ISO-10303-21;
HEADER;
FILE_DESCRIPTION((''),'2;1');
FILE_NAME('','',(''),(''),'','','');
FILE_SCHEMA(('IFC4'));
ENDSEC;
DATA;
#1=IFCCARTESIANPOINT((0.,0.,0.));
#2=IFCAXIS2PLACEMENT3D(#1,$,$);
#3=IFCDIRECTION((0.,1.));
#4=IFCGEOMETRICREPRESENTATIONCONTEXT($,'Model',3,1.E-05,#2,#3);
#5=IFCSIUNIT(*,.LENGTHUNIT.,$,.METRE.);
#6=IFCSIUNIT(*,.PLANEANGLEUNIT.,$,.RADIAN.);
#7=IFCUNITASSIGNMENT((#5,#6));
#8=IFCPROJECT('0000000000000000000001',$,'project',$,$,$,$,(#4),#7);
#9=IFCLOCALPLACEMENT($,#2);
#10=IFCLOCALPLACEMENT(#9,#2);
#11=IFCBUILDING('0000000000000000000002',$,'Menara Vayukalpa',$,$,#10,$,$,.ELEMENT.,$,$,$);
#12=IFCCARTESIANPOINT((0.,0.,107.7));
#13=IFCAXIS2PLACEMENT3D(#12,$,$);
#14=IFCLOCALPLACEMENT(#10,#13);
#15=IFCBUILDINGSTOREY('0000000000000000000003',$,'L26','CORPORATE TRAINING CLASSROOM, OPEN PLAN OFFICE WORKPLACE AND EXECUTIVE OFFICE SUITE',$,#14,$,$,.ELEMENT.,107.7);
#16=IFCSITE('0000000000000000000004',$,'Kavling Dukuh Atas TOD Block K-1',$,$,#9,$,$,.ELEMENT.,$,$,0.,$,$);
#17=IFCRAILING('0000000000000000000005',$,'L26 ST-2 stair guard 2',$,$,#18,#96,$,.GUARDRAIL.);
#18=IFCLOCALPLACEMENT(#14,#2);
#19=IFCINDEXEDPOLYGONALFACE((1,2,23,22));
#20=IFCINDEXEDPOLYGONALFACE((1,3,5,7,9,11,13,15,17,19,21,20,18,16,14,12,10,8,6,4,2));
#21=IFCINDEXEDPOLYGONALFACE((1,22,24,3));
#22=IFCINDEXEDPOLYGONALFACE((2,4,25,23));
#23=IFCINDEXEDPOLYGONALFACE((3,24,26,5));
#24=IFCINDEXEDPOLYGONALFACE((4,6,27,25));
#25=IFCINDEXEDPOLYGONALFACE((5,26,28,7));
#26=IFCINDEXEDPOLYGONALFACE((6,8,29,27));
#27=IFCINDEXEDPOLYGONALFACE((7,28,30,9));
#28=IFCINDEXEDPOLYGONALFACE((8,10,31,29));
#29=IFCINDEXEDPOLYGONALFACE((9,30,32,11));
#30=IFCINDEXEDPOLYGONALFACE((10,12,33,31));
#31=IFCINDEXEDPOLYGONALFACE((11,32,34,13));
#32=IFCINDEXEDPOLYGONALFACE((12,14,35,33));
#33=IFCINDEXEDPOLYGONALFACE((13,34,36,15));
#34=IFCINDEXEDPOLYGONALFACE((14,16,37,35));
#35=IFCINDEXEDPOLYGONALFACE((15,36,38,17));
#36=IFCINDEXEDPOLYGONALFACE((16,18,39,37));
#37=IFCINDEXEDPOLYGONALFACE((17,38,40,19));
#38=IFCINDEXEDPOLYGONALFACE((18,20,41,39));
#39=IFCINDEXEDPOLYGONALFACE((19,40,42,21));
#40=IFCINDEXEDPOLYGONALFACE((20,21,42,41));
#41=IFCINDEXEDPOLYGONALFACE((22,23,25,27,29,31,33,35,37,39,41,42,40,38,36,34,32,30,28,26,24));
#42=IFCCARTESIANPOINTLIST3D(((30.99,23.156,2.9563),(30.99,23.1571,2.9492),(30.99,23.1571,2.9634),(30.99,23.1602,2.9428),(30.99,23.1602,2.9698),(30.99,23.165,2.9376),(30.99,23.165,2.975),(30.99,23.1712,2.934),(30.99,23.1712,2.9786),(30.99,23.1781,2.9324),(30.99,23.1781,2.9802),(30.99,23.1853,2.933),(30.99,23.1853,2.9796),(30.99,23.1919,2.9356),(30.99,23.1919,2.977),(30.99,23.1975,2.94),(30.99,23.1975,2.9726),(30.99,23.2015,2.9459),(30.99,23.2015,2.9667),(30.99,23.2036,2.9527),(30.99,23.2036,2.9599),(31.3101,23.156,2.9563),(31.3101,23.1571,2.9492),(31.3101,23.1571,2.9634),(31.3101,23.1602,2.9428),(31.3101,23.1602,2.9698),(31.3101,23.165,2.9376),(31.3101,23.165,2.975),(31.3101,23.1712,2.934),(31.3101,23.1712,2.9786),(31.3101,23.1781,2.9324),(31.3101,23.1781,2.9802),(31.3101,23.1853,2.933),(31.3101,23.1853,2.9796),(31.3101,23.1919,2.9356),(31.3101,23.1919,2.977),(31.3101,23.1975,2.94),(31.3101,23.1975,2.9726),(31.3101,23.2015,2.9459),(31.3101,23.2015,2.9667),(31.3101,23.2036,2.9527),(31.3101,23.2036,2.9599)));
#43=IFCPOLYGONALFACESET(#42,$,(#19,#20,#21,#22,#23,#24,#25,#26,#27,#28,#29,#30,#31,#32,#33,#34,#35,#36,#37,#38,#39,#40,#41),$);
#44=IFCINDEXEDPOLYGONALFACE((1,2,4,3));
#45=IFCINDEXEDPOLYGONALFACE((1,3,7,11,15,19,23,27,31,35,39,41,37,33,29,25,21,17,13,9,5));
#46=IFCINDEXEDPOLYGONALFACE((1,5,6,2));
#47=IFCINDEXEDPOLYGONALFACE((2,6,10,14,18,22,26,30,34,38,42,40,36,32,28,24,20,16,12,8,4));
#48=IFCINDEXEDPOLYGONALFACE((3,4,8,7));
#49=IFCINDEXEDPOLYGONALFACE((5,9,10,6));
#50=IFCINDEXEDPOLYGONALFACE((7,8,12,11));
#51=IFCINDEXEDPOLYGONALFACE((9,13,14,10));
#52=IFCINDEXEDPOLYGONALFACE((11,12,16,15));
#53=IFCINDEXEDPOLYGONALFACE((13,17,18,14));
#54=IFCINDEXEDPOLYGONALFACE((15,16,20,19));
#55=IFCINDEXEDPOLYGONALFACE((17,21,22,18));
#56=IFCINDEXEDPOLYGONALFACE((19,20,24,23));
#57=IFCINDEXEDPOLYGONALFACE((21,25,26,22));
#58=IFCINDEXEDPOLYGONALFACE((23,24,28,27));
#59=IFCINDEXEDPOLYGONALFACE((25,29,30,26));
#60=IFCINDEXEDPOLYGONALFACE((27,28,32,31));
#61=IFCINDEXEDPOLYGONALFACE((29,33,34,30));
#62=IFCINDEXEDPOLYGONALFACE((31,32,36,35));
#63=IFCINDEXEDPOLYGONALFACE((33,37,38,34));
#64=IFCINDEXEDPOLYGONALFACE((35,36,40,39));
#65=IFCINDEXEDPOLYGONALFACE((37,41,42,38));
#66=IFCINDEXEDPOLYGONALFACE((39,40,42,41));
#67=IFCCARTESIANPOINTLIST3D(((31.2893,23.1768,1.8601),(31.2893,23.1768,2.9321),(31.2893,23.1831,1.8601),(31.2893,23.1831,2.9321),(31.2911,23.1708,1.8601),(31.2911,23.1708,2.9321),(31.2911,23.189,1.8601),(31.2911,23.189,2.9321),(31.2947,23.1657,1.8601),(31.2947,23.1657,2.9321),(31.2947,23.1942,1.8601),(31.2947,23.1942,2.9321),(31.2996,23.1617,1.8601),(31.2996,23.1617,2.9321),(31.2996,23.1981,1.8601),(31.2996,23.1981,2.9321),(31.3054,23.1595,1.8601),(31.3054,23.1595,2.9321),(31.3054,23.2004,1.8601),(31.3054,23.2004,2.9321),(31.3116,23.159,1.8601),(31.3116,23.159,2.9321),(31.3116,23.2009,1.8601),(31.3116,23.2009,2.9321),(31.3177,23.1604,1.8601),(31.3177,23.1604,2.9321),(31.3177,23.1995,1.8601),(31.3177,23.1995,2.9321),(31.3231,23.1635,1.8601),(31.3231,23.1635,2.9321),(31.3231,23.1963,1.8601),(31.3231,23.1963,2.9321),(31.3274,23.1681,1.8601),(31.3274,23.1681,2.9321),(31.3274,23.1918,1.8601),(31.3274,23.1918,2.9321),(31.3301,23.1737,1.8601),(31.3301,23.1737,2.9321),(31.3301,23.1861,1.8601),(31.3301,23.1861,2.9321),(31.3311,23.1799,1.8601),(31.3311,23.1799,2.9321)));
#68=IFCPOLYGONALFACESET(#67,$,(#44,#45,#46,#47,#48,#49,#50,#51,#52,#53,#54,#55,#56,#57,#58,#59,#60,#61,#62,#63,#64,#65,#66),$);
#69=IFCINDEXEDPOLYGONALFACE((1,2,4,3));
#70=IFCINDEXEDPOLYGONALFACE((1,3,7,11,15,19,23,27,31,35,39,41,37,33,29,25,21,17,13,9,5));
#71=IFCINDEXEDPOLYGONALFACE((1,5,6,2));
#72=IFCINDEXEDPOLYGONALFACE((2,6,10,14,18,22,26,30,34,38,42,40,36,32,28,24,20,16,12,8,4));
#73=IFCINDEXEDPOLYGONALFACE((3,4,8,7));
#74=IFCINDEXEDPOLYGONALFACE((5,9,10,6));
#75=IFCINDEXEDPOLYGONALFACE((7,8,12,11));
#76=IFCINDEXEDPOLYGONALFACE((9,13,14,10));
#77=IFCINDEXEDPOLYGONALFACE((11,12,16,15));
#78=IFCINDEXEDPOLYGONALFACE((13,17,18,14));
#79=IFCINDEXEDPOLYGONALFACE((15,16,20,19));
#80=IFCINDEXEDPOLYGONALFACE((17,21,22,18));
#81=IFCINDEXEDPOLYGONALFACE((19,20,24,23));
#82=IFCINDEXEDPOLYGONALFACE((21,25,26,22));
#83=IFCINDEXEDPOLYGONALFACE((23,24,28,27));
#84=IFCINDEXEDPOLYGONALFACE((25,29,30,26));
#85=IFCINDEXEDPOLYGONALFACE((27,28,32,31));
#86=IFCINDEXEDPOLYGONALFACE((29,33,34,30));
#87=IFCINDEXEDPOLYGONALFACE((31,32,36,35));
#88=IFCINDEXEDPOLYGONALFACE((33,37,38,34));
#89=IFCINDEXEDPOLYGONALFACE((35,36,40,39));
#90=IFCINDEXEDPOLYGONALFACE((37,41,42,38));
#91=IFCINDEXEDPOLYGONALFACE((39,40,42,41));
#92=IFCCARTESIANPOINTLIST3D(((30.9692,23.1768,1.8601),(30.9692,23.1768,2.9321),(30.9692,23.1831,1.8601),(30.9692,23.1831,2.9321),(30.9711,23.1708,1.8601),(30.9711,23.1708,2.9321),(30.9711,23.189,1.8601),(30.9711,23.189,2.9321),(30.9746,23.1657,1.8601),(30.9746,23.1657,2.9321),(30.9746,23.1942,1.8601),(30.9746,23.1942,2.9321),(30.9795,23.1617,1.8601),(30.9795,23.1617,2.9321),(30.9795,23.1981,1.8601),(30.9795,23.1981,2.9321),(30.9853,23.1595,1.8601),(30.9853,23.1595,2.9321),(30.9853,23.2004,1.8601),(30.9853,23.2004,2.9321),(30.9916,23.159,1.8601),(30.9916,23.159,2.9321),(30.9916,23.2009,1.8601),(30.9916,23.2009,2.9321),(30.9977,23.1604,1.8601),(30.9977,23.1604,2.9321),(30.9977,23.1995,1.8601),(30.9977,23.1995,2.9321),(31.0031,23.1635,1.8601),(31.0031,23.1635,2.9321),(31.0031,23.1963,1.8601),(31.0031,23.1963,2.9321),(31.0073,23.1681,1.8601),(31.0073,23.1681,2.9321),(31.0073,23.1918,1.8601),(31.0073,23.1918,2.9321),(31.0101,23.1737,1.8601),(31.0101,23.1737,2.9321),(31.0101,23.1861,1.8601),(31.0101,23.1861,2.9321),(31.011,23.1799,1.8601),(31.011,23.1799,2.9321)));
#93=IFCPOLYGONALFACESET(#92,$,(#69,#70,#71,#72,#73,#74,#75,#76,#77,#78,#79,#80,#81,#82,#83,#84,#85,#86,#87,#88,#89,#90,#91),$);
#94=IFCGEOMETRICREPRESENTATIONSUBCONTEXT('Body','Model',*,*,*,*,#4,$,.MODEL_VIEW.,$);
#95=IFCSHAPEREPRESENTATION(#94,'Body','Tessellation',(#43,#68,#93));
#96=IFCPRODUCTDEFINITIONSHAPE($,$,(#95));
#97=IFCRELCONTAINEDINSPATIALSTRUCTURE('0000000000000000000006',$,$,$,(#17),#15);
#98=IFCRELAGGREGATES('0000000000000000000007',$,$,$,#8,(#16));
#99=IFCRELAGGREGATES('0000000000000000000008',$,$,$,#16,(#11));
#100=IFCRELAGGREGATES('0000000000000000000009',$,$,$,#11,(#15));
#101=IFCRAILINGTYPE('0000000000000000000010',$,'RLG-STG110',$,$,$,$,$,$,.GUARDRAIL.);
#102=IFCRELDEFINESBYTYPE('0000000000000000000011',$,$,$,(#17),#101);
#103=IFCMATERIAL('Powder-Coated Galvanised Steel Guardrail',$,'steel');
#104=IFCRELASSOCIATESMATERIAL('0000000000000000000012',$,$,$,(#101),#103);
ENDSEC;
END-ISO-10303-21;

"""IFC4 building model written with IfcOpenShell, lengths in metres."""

from ifc_helpers import new_model, si_unit, direction, frame, origin, origin_2d, place, context, subcontext, project, spatial, circle, extrude, material, type_object, element, save


model = new_model("IFC4")

# Units and contexts
model_context = context("Model", 3, precision=1e-05, world=origin(), true_north=direction((0.0, 1.0)))
body_context = subcontext(model_context, "Body", "Model", "MODEL_VIEW")
ifc_project = project(units=[si_unit("LENGTHUNIT", "METRE"), si_unit("PLANEANGLEUNIT", "RADIAN")], contexts=[model_context])

# Site, building, storey
site_placement = place(None, origin())
site = spatial("IfcSite", under=ifc_project, at=site_placement, Name="Kavling Dukuh Atas TOD Block K-1", CompositionType="ELEMENT", RefElevation=0.0)
building_placement = place(site_placement, origin())
building = spatial("IfcBuilding", under=site, at=building_placement, Name="Menara Vayukalpa", CompositionType="ELEMENT")
storey_placement = place(building_placement, frame((0.0, 0.0, 107.7)))
storey = spatial("IfcBuildingStorey", under=building, at=storey_placement, Name="L26", Description="CORPORATE TRAINING CLASSROOM, OPEN PLAN OFFICE WORKPLACE AND EXECUTIVE OFFICE SUITE", CompositionType="ELEMENT", Elevation=107.7)

# Railing
ifc_material_1 = material(Name="Powder-Coated Galvanised Steel Guardrail", Category="steel")
railing_type_1 = type_object("IfcRailingType", Name="RLG-STG110", PredefinedType="GUARDRAIL", material=ifc_material_1)
railing_1_placement = place(storey_placement, frame((31.3101, 23.1799, 1.8601)))
element("IfcRailing", 1, at=railing_1_placement, inside=storey, type_object=railing_type_1, Name="L26 ST-2 stair guard 2", PredefinedType="GUARDRAIL", context=body_context, shape_type="SweptSolid", body=[
    extrude(circle(Radius=0.0239, at=origin_2d()), frame((0.0, 0.0, 1.0962), z_axis=(-1.0, 0.0, 0.0), x_axis=(0.0, -1.0, 0.0)), (0.0, 0.0, 1.0), 0.3201),
    extrude(circle(Radius=0.021, at=origin_2d()), origin(), (0.0, 0.0, 1.0), 1.072),
    extrude(circle(Radius=0.021, at=origin_2d()), frame((-0.3201, 0.0, 0.0)), (0.0, 0.0, 1.0), 1.072),
])

save(model, "model.ifc")
